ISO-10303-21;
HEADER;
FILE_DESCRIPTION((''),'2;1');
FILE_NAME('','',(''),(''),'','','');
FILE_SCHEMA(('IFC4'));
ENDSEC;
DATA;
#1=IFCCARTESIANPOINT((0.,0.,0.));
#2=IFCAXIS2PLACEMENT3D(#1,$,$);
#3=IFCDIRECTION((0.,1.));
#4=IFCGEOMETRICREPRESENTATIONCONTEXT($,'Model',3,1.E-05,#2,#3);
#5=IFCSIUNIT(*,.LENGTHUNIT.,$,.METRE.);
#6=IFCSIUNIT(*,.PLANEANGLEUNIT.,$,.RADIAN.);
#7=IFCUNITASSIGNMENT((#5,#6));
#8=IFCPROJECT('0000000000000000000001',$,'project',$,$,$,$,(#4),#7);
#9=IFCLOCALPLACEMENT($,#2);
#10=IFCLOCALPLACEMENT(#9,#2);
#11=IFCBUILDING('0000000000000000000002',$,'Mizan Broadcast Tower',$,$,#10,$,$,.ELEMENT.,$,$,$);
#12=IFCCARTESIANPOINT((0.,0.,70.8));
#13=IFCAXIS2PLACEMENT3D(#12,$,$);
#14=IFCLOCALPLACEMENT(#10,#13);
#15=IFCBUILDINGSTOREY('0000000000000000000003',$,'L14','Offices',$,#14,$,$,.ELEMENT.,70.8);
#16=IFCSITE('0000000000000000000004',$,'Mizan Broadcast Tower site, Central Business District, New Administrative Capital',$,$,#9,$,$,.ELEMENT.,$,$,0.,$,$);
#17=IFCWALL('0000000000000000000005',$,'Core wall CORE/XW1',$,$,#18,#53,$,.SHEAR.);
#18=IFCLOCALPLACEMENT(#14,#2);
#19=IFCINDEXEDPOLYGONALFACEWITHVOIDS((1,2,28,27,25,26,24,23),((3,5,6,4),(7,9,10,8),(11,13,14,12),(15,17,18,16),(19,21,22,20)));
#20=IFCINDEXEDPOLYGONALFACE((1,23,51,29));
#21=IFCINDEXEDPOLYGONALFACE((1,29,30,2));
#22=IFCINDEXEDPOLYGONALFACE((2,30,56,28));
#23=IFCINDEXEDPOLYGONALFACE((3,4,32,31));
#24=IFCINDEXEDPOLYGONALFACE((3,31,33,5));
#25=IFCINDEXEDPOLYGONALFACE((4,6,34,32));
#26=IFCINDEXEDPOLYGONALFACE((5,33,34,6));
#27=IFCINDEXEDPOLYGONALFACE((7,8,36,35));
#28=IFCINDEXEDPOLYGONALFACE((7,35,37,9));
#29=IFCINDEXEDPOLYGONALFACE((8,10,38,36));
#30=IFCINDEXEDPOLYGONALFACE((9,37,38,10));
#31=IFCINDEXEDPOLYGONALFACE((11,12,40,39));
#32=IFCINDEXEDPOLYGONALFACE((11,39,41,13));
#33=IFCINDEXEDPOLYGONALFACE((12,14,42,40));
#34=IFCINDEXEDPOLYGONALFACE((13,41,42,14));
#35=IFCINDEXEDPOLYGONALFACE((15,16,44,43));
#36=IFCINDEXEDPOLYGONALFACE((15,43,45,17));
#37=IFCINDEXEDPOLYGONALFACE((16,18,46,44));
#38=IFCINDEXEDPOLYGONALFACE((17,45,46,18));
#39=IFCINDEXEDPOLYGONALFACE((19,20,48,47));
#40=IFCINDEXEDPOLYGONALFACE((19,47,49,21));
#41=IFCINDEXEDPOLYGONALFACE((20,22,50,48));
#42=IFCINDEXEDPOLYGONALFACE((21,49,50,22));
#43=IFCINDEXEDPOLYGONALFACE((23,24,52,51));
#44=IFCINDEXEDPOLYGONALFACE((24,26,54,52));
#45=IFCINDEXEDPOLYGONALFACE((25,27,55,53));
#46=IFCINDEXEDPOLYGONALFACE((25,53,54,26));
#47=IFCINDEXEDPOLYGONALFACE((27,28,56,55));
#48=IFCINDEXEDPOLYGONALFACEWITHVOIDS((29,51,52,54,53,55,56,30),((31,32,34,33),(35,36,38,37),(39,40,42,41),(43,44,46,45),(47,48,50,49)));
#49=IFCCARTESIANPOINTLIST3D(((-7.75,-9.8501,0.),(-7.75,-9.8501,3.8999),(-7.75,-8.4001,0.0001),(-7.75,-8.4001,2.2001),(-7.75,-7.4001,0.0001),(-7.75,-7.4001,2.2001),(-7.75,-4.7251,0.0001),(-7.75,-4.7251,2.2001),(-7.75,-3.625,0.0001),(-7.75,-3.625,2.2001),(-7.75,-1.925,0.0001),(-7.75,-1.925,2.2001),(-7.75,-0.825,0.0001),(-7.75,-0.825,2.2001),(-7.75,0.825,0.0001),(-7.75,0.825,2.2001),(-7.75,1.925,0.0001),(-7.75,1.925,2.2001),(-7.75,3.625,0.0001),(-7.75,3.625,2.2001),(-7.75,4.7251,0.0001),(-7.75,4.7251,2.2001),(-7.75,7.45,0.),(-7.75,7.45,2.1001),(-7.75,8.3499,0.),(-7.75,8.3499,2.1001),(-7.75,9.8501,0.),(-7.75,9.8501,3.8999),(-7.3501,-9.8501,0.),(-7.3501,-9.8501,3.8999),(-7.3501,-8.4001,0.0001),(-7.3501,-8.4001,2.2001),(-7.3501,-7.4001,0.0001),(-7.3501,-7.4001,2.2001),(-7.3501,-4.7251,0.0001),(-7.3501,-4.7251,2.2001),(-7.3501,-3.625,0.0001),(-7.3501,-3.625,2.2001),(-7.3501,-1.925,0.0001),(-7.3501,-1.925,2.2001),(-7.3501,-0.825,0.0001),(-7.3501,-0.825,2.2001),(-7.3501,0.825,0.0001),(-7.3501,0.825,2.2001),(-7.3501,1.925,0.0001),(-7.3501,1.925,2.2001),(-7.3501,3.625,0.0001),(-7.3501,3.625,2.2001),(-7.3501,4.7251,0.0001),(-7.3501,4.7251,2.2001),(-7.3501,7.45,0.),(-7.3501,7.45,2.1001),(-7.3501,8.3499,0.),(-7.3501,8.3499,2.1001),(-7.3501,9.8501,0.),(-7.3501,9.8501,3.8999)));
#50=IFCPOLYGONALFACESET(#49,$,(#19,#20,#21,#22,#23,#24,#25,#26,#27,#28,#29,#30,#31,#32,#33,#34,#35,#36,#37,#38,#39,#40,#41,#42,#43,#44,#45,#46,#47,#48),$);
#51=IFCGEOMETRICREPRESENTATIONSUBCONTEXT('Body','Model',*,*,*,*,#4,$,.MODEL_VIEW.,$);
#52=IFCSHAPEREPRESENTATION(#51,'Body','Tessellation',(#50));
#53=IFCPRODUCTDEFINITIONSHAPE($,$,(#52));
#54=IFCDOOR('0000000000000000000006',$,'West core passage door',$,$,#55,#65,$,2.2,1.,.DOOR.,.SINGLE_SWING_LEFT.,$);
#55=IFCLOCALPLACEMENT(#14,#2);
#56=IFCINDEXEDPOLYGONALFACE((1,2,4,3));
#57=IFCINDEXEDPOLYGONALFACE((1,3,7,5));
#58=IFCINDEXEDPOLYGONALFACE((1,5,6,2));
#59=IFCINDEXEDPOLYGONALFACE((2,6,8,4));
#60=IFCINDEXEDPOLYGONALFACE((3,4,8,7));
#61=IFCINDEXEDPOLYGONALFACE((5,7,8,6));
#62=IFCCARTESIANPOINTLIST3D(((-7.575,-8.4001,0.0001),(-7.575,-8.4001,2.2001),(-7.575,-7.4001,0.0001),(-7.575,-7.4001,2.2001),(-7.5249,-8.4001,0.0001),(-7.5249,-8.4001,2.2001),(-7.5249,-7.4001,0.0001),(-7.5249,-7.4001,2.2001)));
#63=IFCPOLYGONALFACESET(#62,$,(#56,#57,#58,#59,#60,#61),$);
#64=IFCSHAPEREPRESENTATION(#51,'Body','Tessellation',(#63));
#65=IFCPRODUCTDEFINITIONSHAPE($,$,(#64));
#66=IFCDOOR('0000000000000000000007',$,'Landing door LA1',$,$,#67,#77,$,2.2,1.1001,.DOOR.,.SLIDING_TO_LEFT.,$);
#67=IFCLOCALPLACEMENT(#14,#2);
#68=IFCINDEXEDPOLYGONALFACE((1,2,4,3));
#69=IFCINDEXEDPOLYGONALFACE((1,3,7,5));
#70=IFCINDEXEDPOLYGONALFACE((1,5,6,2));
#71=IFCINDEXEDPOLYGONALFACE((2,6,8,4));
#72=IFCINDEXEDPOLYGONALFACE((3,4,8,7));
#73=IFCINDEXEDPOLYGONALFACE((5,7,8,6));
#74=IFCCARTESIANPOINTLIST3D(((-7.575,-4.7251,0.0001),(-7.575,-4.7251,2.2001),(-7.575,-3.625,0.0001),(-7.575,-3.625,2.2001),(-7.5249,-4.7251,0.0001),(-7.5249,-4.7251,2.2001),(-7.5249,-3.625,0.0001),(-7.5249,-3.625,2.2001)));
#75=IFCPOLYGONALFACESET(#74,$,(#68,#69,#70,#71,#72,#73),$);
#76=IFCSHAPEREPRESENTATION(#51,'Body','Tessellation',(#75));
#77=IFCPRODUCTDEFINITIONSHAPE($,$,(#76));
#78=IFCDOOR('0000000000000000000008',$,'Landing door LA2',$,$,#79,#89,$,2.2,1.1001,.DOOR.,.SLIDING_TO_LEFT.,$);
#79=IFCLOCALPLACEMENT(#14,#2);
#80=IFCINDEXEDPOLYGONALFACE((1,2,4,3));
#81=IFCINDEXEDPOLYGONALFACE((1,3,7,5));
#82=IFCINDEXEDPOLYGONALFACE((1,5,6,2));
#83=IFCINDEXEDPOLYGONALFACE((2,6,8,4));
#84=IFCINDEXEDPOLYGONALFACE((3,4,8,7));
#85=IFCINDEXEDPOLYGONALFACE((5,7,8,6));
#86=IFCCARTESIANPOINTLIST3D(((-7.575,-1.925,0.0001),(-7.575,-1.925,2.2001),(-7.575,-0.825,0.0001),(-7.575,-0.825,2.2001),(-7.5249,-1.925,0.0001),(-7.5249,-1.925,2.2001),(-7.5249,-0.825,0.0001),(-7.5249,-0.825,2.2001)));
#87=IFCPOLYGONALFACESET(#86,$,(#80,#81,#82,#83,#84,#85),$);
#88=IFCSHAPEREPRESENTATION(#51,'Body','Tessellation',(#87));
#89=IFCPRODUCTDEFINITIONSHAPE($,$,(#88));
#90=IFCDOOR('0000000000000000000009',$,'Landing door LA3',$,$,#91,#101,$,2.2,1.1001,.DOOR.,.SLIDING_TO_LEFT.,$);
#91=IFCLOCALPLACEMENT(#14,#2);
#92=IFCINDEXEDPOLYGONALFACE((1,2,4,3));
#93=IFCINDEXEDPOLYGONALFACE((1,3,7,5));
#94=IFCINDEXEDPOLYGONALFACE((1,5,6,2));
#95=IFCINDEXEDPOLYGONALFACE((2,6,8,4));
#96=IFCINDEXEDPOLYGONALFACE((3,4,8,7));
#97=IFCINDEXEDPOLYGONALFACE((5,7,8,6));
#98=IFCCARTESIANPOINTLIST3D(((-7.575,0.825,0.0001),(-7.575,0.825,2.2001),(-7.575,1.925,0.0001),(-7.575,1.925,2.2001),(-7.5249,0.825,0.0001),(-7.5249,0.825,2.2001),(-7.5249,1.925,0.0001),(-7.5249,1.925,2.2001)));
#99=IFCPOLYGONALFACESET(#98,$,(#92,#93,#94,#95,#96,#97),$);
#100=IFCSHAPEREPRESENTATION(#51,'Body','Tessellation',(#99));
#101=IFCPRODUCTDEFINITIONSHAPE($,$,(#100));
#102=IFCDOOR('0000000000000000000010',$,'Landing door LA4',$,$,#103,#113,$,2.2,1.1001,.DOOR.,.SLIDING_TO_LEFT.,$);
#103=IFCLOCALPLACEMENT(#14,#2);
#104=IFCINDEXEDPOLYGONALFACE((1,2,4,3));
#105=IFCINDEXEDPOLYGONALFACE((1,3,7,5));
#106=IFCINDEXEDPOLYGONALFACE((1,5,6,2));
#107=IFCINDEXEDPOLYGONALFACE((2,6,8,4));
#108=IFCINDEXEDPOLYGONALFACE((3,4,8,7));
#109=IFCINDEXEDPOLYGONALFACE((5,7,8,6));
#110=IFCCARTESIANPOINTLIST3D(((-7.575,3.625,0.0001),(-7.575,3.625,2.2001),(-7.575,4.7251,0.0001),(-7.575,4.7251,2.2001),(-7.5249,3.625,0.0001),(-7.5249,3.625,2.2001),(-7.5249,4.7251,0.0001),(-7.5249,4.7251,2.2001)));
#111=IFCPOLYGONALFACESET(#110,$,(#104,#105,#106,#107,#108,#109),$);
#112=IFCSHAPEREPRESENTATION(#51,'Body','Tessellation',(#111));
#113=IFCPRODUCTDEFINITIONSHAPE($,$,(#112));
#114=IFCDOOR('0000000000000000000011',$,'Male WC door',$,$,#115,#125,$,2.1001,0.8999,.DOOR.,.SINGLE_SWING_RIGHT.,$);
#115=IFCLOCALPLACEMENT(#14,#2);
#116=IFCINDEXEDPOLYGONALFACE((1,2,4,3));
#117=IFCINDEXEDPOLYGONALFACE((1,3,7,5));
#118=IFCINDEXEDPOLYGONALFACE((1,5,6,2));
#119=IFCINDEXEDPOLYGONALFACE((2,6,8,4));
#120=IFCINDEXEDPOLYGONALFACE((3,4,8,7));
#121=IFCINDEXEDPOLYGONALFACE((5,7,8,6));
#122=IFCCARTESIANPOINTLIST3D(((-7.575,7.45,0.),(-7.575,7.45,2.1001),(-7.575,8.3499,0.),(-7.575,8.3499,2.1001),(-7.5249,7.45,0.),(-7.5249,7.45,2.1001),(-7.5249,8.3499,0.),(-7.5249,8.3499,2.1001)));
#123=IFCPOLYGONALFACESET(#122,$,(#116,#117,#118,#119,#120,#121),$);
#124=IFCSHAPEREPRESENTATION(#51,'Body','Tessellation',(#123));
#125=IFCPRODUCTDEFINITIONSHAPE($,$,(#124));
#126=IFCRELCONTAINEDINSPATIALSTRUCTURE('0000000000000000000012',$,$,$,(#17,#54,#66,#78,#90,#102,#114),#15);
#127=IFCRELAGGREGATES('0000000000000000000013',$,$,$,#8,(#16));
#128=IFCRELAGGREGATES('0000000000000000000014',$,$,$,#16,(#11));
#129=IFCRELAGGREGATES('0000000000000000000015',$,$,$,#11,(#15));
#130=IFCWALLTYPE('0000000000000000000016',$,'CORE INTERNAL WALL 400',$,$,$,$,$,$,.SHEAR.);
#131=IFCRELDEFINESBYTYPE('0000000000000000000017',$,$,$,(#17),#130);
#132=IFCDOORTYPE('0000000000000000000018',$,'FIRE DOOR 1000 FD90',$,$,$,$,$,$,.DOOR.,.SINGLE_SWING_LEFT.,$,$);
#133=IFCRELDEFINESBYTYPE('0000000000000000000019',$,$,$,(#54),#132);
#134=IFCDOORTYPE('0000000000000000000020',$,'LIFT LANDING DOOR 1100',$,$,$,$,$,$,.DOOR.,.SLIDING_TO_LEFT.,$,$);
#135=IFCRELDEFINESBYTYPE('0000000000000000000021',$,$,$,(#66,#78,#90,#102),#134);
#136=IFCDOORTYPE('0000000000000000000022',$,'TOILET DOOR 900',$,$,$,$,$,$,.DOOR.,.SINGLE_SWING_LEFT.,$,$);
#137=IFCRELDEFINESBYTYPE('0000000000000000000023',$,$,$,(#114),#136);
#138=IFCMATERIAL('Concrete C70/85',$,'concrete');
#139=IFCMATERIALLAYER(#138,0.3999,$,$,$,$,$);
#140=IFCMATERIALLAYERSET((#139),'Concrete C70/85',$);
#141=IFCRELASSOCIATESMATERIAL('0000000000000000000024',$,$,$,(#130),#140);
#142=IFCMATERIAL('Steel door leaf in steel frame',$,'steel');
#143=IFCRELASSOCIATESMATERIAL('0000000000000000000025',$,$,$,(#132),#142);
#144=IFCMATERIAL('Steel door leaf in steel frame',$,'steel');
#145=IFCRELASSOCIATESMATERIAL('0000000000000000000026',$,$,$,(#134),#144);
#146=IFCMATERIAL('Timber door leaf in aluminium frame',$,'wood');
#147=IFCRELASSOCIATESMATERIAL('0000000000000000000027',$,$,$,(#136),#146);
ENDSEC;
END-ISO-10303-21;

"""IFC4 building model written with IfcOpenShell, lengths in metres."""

from ifc_helpers import new_model, si_unit, direction, frame, frame_2d, origin, place, context, subcontext, project, spatial, rectangle, extrude, material, layer, layer_set, type_object, element, fill, save


model = new_model("IFC4")

# Units and contexts
model_context = context("Model", 3, precision=1e-05, world=origin(), true_north=direction((0.0, 1.0)))
body_context = subcontext(model_context, "Body", "Model", "MODEL_VIEW")
ifc_project = project(units=[si_unit("LENGTHUNIT", "METRE"), si_unit("PLANEANGLEUNIT", "RADIAN")], contexts=[model_context])

# Site, building, storey
site_placement = place(None, origin())
site = spatial("IfcSite", under=ifc_project, at=site_placement, Name="Mizan Broadcast Tower site, Central Business District, New Administrative Capital", CompositionType="ELEMENT", RefElevation=0.0)
building_placement = place(site_placement, origin())
building = spatial("IfcBuilding", under=site, at=building_placement, Name="Mizan Broadcast Tower", CompositionType="ELEMENT")
storey_placement = place(building_placement, frame((0.0, 0.0, 70.8)))
storey = spatial("IfcBuildingStorey", under=building, at=storey_placement, Name="L14", Description="Offices", CompositionType="ELEMENT", Elevation=70.8)

# Wall, openings, doors
ifc_material_1 = material(Name="Concrete C70/85", Category="concrete")
ifc_layer_1 = layer(ifc_material_1, 0.3999)
ifc_layer_set_1 = layer_set([ifc_layer_1], Name="Concrete C70/85")
wall_type_1 = type_object("IfcWallType", Name="CORE INTERNAL WALL 400", PredefinedType="SHEAR", material=ifc_layer_set_1)
wall_1_placement = place(storey_placement, frame((-7.55, -9.8501, 0.0), z_axis=(0.0, 0.0, 1.0), x_axis=(0.0, 1.0, 0.0)))
wall_1 = element("IfcWall", 1, at=wall_1_placement, inside=storey, type_object=wall_type_1, Name="Core wall CORE/XW1", PredefinedType="SHEAR", context=body_context, shape_type="SweptSolid", body=[
    extrude(rectangle(XDim=19.7002, YDim=0.3999, at=frame_2d((9.8501, 0.0))), origin(), (0.0, 0.0, 1.0), 3.8999),
])
opening_1_placement = place(wall_1_placement, frame((1.45, 0.0, 0.0)))
opening_1 = element("IfcOpeningElement", 2, at=opening_1_placement, cuts=wall_1, PredefinedType="OPENING", context=body_context, shape_type="SweptSolid", body=[
    extrude(rectangle(XDim=1.0, YDim=2.2, at=frame_2d((0.5, 1.1001))), frame((0.0, 0.21, 0.0), z_axis=(0.0, -1.0, 0.0), x_axis=(1.0, 0.0, 0.0)), (0.0, 0.0, 1.0), 0.4199),
])
opening_2_placement = place(wall_1_placement, frame((17.3, 0.0, 0.0)))
opening_2 = element("IfcOpeningElement", 3, at=opening_2_placement, cuts=wall_1, PredefinedType="OPENING", context=body_context, shape_type="SweptSolid", body=[
    extrude(rectangle(XDim=0.8999, YDim=2.1001, at=frame_2d((0.45, 1.05))), frame((0.0, 0.21, 0.0), z_axis=(0.0, -1.0, 0.0), x_axis=(1.0, 0.0, 0.0)), (0.0, 0.0, 1.0), 0.4199),
])
opening_3_placement = place(wall_1_placement, frame((5.125, 0.0, 0.0)))
opening_3 = element("IfcOpeningElement", 4, at=opening_3_placement, cuts=wall_1, PredefinedType="OPENING", context=body_context, shape_type="SweptSolid", body=[
    extrude(rectangle(XDim=1.1001, YDim=2.2, at=frame_2d((0.55, 1.1001))), frame((0.0, 0.21, 0.0), z_axis=(0.0, -1.0, 0.0), x_axis=(1.0, 0.0, 0.0)), (0.0, 0.0, 1.0), 0.4199),
])
opening_4_placement = place(wall_1_placement, frame((7.925, 0.0, 0.0)))
opening_4 = element("IfcOpeningElement", 5, at=opening_4_placement, cuts=wall_1, PredefinedType="OPENING", context=body_context, shape_type="SweptSolid", body=[
    extrude(rectangle(XDim=1.1001, YDim=2.2, at=frame_2d((0.55, 1.1001))), frame((0.0, 0.21, 0.0), z_axis=(0.0, -1.0, 0.0), x_axis=(1.0, 0.0, 0.0)), (0.0, 0.0, 1.0), 0.4199),
])
opening_5_placement = place(wall_1_placement, frame((10.675, 0.0, 0.0)))
opening_5 = element("IfcOpeningElement", 6, at=opening_5_placement, cuts=wall_1, PredefinedType="OPENING", context=body_context, shape_type="SweptSolid", body=[
    extrude(rectangle(XDim=1.1001, YDim=2.2, at=frame_2d((0.55, 1.1001))), frame((0.0, 0.21, 0.0), z_axis=(0.0, -1.0, 0.0), x_axis=(1.0, 0.0, 0.0)), (0.0, 0.0, 1.0), 0.4199),
])
opening_6_placement = place(wall_1_placement, frame((13.4751, 0.0, 0.0)))
opening_6 = element("IfcOpeningElement", 7, at=opening_6_placement, cuts=wall_1, PredefinedType="OPENING", context=body_context, shape_type="SweptSolid", body=[
    extrude(rectangle(XDim=1.1001, YDim=2.2, at=frame_2d((0.55, 1.1001))), frame((0.0, 0.21, 0.0), z_axis=(0.0, -1.0, 0.0), x_axis=(1.0, 0.0, 0.0)), (0.0, 0.0, 1.0), 0.4199),
])
ifc_material_2 = material(Name="Steel door leaf in steel frame", Category="steel")
door_type_1 = type_object("IfcDoorType", Name="FIRE DOOR 1000 FD90", OperationType="SINGLE_SWING_LEFT", PredefinedType="DOOR", material=ifc_material_2)
door_1_placement = place(opening_1_placement, origin())
door_1 = element("IfcDoor", 8, at=door_1_placement, inside=storey, type_object=door_type_1, Name="West core passage door", OperationType="SINGLE_SWING_LEFT", OverallHeight=2.2, OverallWidth=1.0, PredefinedType="DOOR", context=body_context, shape_type="SweptSolid", body=[
    extrude(rectangle(XDim=1.0, YDim=2.2, at=frame_2d((0.5, 1.1001))), frame((0.0, 0.0249, 0.0), z_axis=(0.0, -1.0, 0.0), x_axis=(1.0, 0.0, 0.0)), (0.0, 0.0, 1.0), 0.05),
])
fill(opening_1, door_1)
ifc_material_3 = material(Name="Steel door leaf in steel frame", Category="steel")
door_type_2 = type_object("IfcDoorType", Name="LIFT LANDING DOOR 1100", OperationType="SLIDING_TO_LEFT", PredefinedType="DOOR", material=ifc_material_3)
door_2_placement = place(opening_3_placement, origin())
door_2 = element("IfcDoor", 9, at=door_2_placement, inside=storey, type_object=door_type_2, Name="Landing door LA1", OperationType="SLIDING_TO_LEFT", OverallHeight=2.2, OverallWidth=1.1001, PredefinedType="DOOR", context=body_context, shape_type="SweptSolid", body=[
    extrude(rectangle(XDim=1.1001, YDim=2.2, at=frame_2d((0.55, 1.1001))), frame((0.0, 0.0249, 0.0), z_axis=(0.0, -1.0, 0.0), x_axis=(1.0, 0.0, 0.0)), (0.0, 0.0, 1.0), 0.05),
])
fill(opening_3, door_2)
door_3_placement = place(opening_4_placement, origin())
door_3 = element("IfcDoor", 10, at=door_3_placement, inside=storey, type_object=door_type_2, Name="Landing door LA2", OperationType="SLIDING_TO_LEFT", OverallHeight=2.2, OverallWidth=1.1001, PredefinedType="DOOR", context=body_context, shape_type="SweptSolid", body=[
    extrude(rectangle(XDim=1.1001, YDim=2.2, at=frame_2d((0.55, 1.1001))), frame((0.0, 0.0249, 0.0), z_axis=(0.0, -1.0, 0.0), x_axis=(1.0, 0.0, 0.0)), (0.0, 0.0, 1.0), 0.05),
])
fill(opening_4, door_3)
door_4_placement = place(opening_5_placement, origin())
door_4 = element("IfcDoor", 11, at=door_4_placement, inside=storey, type_object=door_type_2, Name="Landing door LA3", OperationType="SLIDING_TO_LEFT", OverallHeight=2.2, OverallWidth=1.1001, PredefinedType="DOOR", context=body_context, shape_type="SweptSolid", body=[
    extrude(rectangle(XDim=1.1001, YDim=2.2, at=frame_2d((0.55, 1.1001))), frame((0.0, 0.0249, 0.0), z_axis=(0.0, -1.0, 0.0), x_axis=(1.0, 0.0, 0.0)), (0.0, 0.0, 1.0), 0.05),
])
fill(opening_5, door_4)
door_5_placement = place(opening_6_placement, origin())
door_5 = element("IfcDoor", 12, at=door_5_placement, inside=storey, type_object=door_type_2, Name="Landing door LA4", OperationType="SLIDING_TO_LEFT", OverallHeight=2.2, OverallWidth=1.1001, PredefinedType="DOOR", context=body_context, shape_type="SweptSolid", body=[
    extrude(rectangle(XDim=1.1001, YDim=2.2, at=frame_2d((0.55, 1.1001))), frame((0.0, 0.0249, 0.0), z_axis=(0.0, -1.0, 0.0), x_axis=(1.0, 0.0, 0.0)), (0.0, 0.0, 1.0), 0.05),
])
fill(opening_6, door_5)
ifc_material_4 = material(Name="Timber door leaf in aluminium frame", Category="wood")
door_type_3 = type_object("IfcDoorType", Name="TOILET DOOR 900", OperationType="SINGLE_SWING_LEFT", PredefinedType="DOOR", material=ifc_material_4)
door_6_placement = place(opening_2_placement, origin())
door_6 = element("IfcDoor", 13, at=door_6_placement, inside=storey, type_object=door_type_3, Name="Male WC door", OperationType="SINGLE_SWING_RIGHT", OverallHeight=2.1001, OverallWidth=0.8999, PredefinedType="DOOR", context=body_context, shape_type="SweptSolid", body=[
    extrude(rectangle(XDim=0.8999, YDim=2.1001, at=frame_2d((0.45, 1.05))), frame((0.0, 0.0249, 0.0), z_axis=(0.0, -1.0, 0.0), x_axis=(1.0, 0.0, 0.0)), (0.0, 0.0, 1.0), 0.05),
])
fill(opening_2, door_6)

save(model, "model.ifc")
